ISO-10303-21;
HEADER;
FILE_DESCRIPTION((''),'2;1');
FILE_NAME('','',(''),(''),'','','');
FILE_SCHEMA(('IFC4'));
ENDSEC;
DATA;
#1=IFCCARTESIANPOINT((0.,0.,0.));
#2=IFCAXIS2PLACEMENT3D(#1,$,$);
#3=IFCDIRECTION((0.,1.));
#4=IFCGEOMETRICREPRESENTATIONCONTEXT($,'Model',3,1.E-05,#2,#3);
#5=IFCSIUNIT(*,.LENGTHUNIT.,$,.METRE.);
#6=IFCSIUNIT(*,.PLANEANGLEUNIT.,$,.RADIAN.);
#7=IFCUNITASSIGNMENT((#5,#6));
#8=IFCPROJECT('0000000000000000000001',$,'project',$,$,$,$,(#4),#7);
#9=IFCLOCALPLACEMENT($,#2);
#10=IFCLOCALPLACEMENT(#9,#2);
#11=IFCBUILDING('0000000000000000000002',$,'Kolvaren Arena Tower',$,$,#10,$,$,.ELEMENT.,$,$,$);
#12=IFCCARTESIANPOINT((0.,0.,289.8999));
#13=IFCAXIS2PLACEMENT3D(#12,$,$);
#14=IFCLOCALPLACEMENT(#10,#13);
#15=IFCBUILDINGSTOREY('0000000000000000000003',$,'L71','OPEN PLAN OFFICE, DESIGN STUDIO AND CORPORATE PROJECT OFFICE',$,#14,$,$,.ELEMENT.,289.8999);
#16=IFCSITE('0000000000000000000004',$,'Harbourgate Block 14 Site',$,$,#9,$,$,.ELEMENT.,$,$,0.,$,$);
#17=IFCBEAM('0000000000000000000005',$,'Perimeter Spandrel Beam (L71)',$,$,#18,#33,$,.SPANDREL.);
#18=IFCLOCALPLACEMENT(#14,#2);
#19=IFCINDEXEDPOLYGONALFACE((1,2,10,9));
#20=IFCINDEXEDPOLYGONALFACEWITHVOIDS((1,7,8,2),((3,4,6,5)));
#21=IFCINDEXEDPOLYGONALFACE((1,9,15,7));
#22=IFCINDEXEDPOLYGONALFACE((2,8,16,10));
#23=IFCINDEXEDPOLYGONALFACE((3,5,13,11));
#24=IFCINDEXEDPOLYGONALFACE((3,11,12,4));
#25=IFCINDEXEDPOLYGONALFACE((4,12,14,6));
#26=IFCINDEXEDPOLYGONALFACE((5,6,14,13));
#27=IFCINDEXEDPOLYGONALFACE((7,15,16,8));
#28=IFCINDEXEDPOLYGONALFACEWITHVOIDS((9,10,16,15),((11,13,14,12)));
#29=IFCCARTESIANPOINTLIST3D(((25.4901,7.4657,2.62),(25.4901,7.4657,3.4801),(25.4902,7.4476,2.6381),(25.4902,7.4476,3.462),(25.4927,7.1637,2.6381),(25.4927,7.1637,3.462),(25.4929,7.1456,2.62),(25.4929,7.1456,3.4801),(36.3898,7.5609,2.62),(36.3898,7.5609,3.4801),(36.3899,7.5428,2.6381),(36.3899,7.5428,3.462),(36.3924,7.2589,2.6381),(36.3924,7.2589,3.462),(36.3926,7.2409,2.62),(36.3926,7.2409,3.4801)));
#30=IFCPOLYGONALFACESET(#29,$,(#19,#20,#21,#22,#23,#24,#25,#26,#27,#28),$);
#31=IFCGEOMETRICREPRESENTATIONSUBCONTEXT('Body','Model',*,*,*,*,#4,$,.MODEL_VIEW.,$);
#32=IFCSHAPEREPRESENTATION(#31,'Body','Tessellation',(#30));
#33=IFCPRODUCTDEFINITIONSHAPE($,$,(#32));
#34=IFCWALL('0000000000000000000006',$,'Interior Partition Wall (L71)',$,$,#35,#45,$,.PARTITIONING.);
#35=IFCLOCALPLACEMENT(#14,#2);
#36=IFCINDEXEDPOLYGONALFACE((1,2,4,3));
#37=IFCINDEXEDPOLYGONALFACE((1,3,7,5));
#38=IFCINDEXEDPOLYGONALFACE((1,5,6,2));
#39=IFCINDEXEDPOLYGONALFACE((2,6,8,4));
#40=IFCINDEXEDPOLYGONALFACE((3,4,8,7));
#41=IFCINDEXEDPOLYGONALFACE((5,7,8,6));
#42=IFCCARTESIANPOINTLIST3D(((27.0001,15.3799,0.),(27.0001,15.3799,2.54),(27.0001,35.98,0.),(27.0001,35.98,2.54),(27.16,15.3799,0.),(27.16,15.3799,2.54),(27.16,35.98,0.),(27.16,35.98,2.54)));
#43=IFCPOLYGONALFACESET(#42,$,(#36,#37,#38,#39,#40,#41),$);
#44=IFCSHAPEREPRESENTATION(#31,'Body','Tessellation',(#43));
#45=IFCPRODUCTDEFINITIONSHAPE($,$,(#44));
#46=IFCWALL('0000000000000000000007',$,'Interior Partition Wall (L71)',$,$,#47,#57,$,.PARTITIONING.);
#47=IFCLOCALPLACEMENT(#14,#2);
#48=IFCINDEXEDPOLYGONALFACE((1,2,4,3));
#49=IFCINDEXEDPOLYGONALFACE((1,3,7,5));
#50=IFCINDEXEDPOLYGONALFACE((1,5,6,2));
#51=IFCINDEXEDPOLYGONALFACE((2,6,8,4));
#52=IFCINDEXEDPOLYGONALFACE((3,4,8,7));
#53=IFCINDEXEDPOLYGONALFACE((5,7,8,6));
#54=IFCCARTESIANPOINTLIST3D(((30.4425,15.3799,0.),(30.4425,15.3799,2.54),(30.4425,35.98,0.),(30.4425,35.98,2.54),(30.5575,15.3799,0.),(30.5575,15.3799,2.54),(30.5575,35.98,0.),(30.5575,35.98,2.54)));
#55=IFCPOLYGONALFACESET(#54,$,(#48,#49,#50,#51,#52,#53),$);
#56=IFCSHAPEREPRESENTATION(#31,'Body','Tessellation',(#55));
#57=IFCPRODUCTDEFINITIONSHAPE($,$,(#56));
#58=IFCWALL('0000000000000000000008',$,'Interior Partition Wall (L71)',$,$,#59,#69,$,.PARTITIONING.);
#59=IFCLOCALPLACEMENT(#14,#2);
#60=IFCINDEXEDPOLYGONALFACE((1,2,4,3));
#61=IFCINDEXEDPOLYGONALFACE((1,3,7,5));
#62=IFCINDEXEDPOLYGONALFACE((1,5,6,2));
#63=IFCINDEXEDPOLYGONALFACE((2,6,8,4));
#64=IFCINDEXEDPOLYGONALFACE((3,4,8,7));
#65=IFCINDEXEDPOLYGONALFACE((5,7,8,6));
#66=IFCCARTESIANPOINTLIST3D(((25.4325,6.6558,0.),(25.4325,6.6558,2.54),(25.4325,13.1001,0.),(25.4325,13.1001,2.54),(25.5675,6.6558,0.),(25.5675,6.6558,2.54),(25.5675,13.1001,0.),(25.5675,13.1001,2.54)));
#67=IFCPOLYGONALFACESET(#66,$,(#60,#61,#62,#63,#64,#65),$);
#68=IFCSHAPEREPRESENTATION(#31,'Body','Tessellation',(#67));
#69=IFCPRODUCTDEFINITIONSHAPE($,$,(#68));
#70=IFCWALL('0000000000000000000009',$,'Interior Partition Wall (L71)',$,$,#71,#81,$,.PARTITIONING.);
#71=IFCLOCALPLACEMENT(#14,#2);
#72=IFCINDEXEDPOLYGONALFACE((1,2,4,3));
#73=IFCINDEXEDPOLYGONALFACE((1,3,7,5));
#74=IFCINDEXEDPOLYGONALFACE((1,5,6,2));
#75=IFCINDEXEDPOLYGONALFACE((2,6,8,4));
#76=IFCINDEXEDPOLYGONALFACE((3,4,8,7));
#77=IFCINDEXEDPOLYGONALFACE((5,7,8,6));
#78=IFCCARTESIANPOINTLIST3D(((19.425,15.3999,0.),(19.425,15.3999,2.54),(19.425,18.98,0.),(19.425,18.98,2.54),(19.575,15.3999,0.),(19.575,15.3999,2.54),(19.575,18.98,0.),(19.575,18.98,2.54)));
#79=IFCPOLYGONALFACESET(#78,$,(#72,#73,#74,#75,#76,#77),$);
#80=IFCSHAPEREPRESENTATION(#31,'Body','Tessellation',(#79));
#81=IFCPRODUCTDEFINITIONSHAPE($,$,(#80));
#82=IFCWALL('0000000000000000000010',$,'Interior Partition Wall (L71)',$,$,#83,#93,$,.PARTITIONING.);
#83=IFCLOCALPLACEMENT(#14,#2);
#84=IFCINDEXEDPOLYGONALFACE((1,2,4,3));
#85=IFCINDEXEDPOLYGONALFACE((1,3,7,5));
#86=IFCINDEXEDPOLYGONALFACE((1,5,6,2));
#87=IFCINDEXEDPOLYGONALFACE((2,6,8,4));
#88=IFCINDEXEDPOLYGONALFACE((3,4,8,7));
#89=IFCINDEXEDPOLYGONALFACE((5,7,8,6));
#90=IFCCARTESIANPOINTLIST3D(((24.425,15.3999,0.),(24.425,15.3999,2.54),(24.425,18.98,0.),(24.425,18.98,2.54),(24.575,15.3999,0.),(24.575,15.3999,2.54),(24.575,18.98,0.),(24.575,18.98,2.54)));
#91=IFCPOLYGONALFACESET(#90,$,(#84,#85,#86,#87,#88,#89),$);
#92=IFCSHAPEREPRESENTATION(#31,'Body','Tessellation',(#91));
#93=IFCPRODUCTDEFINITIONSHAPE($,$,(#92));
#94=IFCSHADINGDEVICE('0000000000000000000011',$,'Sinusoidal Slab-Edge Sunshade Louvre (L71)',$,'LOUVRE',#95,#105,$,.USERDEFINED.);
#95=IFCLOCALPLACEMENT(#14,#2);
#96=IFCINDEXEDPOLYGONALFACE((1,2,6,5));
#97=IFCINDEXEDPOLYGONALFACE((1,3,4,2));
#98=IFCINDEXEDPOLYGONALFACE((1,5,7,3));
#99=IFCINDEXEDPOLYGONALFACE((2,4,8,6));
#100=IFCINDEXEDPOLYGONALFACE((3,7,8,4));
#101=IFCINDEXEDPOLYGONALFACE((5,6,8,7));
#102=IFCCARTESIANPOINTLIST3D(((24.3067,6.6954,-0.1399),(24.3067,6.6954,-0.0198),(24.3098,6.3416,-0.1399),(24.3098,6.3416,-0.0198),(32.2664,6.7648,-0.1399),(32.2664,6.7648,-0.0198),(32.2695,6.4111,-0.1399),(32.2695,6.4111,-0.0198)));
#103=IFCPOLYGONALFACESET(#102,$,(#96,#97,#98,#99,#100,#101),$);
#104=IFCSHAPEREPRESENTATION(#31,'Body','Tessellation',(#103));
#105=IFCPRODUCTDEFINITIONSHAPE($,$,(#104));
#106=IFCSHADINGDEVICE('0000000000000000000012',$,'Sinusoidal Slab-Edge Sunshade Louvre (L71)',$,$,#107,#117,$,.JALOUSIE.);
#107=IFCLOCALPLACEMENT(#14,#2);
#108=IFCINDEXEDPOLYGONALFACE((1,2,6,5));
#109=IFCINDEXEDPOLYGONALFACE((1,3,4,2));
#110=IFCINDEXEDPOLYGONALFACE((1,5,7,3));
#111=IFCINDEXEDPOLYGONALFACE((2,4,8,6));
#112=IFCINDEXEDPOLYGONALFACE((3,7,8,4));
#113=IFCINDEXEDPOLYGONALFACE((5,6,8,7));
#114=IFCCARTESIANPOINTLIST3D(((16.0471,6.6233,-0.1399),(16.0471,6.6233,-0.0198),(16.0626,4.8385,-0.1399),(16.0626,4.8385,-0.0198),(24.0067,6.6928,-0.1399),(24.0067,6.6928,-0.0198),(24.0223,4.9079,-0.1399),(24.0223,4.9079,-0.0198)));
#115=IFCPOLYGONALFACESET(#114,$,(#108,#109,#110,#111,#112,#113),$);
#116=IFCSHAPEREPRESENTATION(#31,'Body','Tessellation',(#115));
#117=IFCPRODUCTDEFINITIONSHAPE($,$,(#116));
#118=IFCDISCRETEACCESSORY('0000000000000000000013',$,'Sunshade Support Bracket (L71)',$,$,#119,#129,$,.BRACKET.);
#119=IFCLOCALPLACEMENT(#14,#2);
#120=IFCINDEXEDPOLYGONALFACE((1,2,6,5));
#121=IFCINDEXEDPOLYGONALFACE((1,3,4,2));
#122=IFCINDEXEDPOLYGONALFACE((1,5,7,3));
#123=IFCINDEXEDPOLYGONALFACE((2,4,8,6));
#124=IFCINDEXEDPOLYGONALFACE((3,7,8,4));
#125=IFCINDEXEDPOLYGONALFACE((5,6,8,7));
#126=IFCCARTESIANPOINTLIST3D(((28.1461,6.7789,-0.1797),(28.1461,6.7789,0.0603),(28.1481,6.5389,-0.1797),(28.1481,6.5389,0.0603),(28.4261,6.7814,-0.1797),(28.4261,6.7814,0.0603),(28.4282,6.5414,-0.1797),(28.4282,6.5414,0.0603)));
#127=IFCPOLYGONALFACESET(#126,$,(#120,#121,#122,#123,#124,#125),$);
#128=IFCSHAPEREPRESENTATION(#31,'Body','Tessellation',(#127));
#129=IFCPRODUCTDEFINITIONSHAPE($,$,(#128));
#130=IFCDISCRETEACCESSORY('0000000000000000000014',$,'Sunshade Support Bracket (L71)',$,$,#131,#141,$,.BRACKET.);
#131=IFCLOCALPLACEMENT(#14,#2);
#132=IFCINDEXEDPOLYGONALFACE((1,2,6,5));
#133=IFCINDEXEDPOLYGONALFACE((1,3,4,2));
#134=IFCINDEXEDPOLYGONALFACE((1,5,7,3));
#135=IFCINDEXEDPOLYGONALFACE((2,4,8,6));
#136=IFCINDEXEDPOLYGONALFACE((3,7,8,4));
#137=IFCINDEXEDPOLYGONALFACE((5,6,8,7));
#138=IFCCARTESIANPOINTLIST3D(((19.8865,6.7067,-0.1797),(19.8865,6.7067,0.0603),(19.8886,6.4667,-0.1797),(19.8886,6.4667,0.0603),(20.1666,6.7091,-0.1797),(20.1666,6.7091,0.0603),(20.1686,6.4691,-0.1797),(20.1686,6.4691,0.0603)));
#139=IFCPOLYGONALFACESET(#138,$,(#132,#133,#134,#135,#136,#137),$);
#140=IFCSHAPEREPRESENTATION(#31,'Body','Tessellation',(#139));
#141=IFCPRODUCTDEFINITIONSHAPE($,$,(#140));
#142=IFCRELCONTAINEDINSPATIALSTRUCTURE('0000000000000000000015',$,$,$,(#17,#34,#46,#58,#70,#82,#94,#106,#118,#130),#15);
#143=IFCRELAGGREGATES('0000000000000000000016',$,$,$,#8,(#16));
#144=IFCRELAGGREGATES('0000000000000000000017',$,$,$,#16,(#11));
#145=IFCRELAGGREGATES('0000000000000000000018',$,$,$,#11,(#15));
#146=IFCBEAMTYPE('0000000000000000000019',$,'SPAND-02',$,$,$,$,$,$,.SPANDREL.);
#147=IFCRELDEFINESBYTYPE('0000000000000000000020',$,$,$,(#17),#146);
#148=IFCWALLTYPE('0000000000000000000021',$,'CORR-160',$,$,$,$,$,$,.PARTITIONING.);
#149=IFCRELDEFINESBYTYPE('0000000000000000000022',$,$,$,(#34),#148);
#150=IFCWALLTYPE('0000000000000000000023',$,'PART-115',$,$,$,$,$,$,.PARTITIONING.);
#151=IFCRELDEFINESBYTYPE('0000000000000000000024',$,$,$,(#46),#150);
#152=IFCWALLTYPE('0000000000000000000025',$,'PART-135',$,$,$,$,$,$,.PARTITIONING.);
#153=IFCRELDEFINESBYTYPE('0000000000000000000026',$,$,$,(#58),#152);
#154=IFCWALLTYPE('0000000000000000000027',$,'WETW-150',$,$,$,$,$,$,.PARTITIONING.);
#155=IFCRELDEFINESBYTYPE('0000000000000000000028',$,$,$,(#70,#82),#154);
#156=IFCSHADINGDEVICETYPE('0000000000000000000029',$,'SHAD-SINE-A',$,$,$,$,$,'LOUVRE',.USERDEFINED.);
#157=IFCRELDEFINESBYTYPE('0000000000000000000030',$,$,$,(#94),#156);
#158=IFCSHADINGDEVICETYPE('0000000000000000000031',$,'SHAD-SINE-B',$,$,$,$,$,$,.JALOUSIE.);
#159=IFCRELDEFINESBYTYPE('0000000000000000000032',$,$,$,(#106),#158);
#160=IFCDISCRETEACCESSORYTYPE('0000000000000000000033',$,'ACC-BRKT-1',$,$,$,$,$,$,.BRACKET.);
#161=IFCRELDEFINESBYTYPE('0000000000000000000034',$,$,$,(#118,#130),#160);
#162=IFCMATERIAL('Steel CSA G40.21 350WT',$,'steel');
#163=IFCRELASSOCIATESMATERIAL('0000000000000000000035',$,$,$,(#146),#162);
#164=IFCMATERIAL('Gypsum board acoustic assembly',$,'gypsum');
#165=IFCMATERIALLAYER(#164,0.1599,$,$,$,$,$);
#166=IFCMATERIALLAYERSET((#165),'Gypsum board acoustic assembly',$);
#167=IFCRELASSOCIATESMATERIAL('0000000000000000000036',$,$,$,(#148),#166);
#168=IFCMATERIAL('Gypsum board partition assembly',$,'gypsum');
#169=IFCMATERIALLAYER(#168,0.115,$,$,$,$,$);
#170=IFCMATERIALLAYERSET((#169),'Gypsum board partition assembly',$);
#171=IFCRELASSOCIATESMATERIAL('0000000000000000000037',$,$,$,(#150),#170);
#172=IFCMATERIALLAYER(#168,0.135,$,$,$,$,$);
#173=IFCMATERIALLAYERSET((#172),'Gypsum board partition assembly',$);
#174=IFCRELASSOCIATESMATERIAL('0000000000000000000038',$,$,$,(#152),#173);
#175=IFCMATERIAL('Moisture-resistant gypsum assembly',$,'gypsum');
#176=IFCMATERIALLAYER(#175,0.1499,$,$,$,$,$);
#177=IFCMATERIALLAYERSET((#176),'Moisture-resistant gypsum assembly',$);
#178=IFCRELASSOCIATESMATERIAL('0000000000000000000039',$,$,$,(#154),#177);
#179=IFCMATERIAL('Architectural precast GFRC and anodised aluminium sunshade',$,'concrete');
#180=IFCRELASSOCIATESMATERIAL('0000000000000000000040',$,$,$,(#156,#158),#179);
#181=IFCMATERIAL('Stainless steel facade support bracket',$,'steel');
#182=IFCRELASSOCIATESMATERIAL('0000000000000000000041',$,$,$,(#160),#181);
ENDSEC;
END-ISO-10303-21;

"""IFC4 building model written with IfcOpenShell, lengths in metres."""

from ifc_helpers import new_model, si_unit, direction, frame, frame_2d, origin, origin_2d, place, context, subcontext, project, spatial, rectangle, hollow_rectangle, extrude, material, layer, layer_set, material_profile, profile_set, type_object, element, save


model = new_model("IFC4")

# Units and contexts
model_context = context("Model", 3, precision=1e-05, world=origin(), true_north=direction((0.0, 1.0)))
body_context = subcontext(model_context, "Body", "Model", "MODEL_VIEW")
ifc_project = project(units=[si_unit("LENGTHUNIT", "METRE"), si_unit("PLANEANGLEUNIT", "RADIAN")], contexts=[model_context])

# Site, building, storey
site_placement = place(None, origin())
site = spatial("IfcSite", under=ifc_project, at=site_placement, Name="Harbourgate Block 14 Site", CompositionType="ELEMENT", RefElevation=0.0)
building_placement = place(site_placement, origin())
building = spatial("IfcBuilding", under=site, at=building_placement, Name="Kolvaren Arena Tower", CompositionType="ELEMENT")
storey_placement = place(building_placement, frame((0.0, 0.0, 289.8999)))
storey = spatial("IfcBuildingStorey", under=building, at=storey_placement, Name="L71", Description="OPEN PLAN OFFICE, DESIGN STUDIO AND CORPORATE PROJECT OFFICE", CompositionType="ELEMENT", Elevation=289.8999)

# Beam
ifc_material_1 = material(Name="Steel CSA G40.21 350WT", Category="steel")
ifc_material_profile_1 = material_profile(ifc_material_1, hollow_rectangle(XDim=0.3201, YDim=0.8601, WallThickness=0.0181, at=origin_2d()), Name="HSS 860x320x18")
ifc_profile_set_1 = profile_set([ifc_material_profile_1], Name="Steel CSA G40.21 350WT")
beam_type_1 = type_object("IfcBeamType", Name="SPAND-02", PredefinedType="SPANDREL", material=ifc_profile_set_1)
beam_1_placement = place(storey_placement, frame((25.4915, 7.3057, 3.05), z_axis=(0.999962, 0.008735, 0.0), x_axis=(-0.008735, 0.999962, 0.0)))
element("IfcBeam", 1, at=beam_1_placement, inside=storey, type_object=beam_type_1, Name="Perimeter Spandrel Beam (L71)", PredefinedType="SPANDREL", context=body_context, shape_type="SweptSolid", body=[
    extrude(hollow_rectangle(XDim=0.3201, YDim=0.8601, WallThickness=0.0181, at=origin_2d()), origin(), (0.0, 0.0, 1.0), 10.9001),
])

# Shared definitions
ifc_material_2 = material(Name="Gypsum board acoustic assembly", Category="gypsum")
ifc_layer_1 = layer(ifc_material_2, 0.1599)
ifc_layer_set_1 = layer_set([ifc_layer_1], Name="Gypsum board acoustic assembly")
wall_type_1 = type_object("IfcWallType", Name="CORR-160", PredefinedType="PARTITIONING", material=ifc_layer_set_1)

# Walls
wall_1_placement = place(storey_placement, frame((27.0801, 15.3799, 0.0), z_axis=(0.0, 0.0, 1.0), x_axis=(0.0, 1.0, 0.0)))
element("IfcWall", 2, at=wall_1_placement, inside=storey, type_object=wall_type_1, Name="Interior Partition Wall (L71)", PredefinedType="PARTITIONING", context=body_context, shape_type="SweptSolid", body=[
    extrude(rectangle(XDim=20.6001, YDim=0.1599, at=frame_2d((10.3, 0.0))), origin(), (0.0, 0.0, 1.0), 2.54),
])
ifc_material_3 = material(Name="Gypsum board partition assembly", Category="gypsum")
ifc_layer_2 = layer(ifc_material_3, 0.115)
ifc_layer_set_2 = layer_set([ifc_layer_2], Name="Gypsum board partition assembly")
wall_type_2 = type_object("IfcWallType", Name="PART-115", PredefinedType="PARTITIONING", material=ifc_layer_set_2)
wall_2_placement = place(storey_placement, frame((30.5, 15.3799, 0.0), z_axis=(0.0, 0.0, 1.0), x_axis=(0.0, 1.0, 0.0)))
element("IfcWall", 3, at=wall_2_placement, inside=storey, type_object=wall_type_2, Name="Interior Partition Wall (L71)", PredefinedType="PARTITIONING", context=body_context, shape_type="SweptSolid", body=[
    extrude(rectangle(XDim=20.6001, YDim=0.115, at=frame_2d((10.3, 0.0))), origin(), (0.0, 0.0, 1.0), 2.54),
])
ifc_layer_3 = layer(ifc_material_3, 0.135)
ifc_layer_set_3 = layer_set([ifc_layer_3], Name="Gypsum board partition assembly")
wall_type_3 = type_object("IfcWallType", Name="PART-135", PredefinedType="PARTITIONING", material=ifc_layer_set_3)
wall_3_placement = place(storey_placement, frame((25.5, 6.6558, 0.0), z_axis=(0.0, 0.0, 1.0), x_axis=(0.0, 1.0, 0.0)))
element("IfcWall", 4, at=wall_3_placement, inside=storey, type_object=wall_type_3, Name="Interior Partition Wall (L71)", PredefinedType="PARTITIONING", context=body_context, shape_type="SweptSolid", body=[
    extrude(rectangle(XDim=6.4443, YDim=0.135, at=frame_2d((3.2222, 0.0))), origin(), (0.0, 0.0, 1.0), 2.54),
])
ifc_material_4 = material(Name="Moisture-resistant gypsum assembly", Category="gypsum")
ifc_layer_4 = layer(ifc_material_4, 0.1499)
ifc_layer_set_4 = layer_set([ifc_layer_4], Name="Moisture-resistant gypsum assembly")
wall_type_4 = type_object("IfcWallType", Name="WETW-150", PredefinedType="PARTITIONING", material=ifc_layer_set_4)
for number, where, z_axis, x_axis, name in (
    (5, (19.5, 15.3999, 0.0), (0.0, 0.0, 1.0), (0.0, 1.0, 0.0), "Interior Partition Wall (L71)"),
    (6, (24.5, 15.3999, 0.0), (0.0, 0.0, 1.0), (0.0, 1.0, 0.0), "Interior Partition Wall (L71)"),
):
    element("IfcWall", number, at=place(storey_placement, frame(where, z_axis=z_axis, x_axis=x_axis)), inside=storey, type_object=wall_type_4, Name=name, PredefinedType="PARTITIONING", context=body_context, shape_type="SweptSolid", body=[
        extrude(rectangle(XDim=3.5801, YDim=0.1499, at=frame_2d((1.79, 0.0))), origin(), (0.0, 0.0, 1.0), 2.54),
    ])

# Shading devices
ifc_material_5 = material(Name="Architectural precast GFRC and anodised aluminium sunshade", Category="concrete")
shading_device_type_1 = type_object("IfcShadingDeviceType", Name="SHAD-SINE-A", ElementType="LOUVRE", PredefinedType="USERDEFINED", material=ifc_material_5)
shading_device_1_placement = place(storey_placement, frame((28.2881, 6.5532, -0.1399), z_axis=(0.0, 0.0, 1.0), x_axis=(-0.999962, -0.008727, 0.0)))
element("IfcShadingDevice", 7, at=shading_device_1_placement, inside=storey, type_object=shading_device_type_1, Name="Sinusoidal Slab-Edge Sunshade Louvre (L71)", ObjectType="LOUVRE", PredefinedType="USERDEFINED", context=body_context, shape_type="SweptSolid", body=[
    extrude(rectangle(XDim=7.96, YDim=0.3538, at=origin_2d()), origin(), (0.0, 0.0, 1.0), 0.1201),
])
shading_device_type_2 = type_object("IfcShadingDeviceType", Name="SHAD-SINE-B", PredefinedType="JALOUSIE", material=ifc_material_5)
shading_device_2_placement = place(storey_placement, frame((20.0347, 5.7656, -0.1399), z_axis=(0.0, 0.0, 1.0), x_axis=(-0.999962, -0.008727, 0.0)))
element("IfcShadingDevice", 8, at=shading_device_2_placement, inside=storey, type_object=shading_device_type_2, Name="Sinusoidal Slab-Edge Sunshade Louvre (L71)", PredefinedType="JALOUSIE", context=body_context, shape_type="SweptSolid", body=[
    extrude(rectangle(XDim=7.96, YDim=1.7849, at=origin_2d()), origin(), (0.0, 0.0, 1.0), 0.1201),
])

# Discrete accessories
ifc_material_6 = material(Name="Stainless steel facade support bracket", Category="steel")
discrete_accessory_type = type_object("IfcDiscreteAccessoryType", Name="ACC-BRKT-1", PredefinedType="BRACKET", material=ifc_material_6)
for number, where, z_axis, x_axis, name in (
    (9, (28.2871, 6.6602, -0.1797), (0.0, 0.0, 1.0), (-0.999962, -0.008727, 0.0), "Sunshade Support Bracket (L71)"),
    (10, (20.0276, 6.5879, -0.1797), (0.0, 0.0, 1.0), (-0.999962, -0.008727, 0.0), "Sunshade Support Bracket (L71)"),
):
    element("IfcDiscreteAccessory", number, at=place(storey_placement, frame(where, z_axis=z_axis, x_axis=x_axis)), inside=storey, type_object=discrete_accessory_type, Name=name, PredefinedType="BRACKET", context=body_context, shape_type="SweptSolid", body=[
        extrude(rectangle(XDim=0.28, YDim=0.24, at=origin_2d()), origin(), (0.0, 0.0, 1.0), 0.24),
    ])

save(model, "model.ifc")
